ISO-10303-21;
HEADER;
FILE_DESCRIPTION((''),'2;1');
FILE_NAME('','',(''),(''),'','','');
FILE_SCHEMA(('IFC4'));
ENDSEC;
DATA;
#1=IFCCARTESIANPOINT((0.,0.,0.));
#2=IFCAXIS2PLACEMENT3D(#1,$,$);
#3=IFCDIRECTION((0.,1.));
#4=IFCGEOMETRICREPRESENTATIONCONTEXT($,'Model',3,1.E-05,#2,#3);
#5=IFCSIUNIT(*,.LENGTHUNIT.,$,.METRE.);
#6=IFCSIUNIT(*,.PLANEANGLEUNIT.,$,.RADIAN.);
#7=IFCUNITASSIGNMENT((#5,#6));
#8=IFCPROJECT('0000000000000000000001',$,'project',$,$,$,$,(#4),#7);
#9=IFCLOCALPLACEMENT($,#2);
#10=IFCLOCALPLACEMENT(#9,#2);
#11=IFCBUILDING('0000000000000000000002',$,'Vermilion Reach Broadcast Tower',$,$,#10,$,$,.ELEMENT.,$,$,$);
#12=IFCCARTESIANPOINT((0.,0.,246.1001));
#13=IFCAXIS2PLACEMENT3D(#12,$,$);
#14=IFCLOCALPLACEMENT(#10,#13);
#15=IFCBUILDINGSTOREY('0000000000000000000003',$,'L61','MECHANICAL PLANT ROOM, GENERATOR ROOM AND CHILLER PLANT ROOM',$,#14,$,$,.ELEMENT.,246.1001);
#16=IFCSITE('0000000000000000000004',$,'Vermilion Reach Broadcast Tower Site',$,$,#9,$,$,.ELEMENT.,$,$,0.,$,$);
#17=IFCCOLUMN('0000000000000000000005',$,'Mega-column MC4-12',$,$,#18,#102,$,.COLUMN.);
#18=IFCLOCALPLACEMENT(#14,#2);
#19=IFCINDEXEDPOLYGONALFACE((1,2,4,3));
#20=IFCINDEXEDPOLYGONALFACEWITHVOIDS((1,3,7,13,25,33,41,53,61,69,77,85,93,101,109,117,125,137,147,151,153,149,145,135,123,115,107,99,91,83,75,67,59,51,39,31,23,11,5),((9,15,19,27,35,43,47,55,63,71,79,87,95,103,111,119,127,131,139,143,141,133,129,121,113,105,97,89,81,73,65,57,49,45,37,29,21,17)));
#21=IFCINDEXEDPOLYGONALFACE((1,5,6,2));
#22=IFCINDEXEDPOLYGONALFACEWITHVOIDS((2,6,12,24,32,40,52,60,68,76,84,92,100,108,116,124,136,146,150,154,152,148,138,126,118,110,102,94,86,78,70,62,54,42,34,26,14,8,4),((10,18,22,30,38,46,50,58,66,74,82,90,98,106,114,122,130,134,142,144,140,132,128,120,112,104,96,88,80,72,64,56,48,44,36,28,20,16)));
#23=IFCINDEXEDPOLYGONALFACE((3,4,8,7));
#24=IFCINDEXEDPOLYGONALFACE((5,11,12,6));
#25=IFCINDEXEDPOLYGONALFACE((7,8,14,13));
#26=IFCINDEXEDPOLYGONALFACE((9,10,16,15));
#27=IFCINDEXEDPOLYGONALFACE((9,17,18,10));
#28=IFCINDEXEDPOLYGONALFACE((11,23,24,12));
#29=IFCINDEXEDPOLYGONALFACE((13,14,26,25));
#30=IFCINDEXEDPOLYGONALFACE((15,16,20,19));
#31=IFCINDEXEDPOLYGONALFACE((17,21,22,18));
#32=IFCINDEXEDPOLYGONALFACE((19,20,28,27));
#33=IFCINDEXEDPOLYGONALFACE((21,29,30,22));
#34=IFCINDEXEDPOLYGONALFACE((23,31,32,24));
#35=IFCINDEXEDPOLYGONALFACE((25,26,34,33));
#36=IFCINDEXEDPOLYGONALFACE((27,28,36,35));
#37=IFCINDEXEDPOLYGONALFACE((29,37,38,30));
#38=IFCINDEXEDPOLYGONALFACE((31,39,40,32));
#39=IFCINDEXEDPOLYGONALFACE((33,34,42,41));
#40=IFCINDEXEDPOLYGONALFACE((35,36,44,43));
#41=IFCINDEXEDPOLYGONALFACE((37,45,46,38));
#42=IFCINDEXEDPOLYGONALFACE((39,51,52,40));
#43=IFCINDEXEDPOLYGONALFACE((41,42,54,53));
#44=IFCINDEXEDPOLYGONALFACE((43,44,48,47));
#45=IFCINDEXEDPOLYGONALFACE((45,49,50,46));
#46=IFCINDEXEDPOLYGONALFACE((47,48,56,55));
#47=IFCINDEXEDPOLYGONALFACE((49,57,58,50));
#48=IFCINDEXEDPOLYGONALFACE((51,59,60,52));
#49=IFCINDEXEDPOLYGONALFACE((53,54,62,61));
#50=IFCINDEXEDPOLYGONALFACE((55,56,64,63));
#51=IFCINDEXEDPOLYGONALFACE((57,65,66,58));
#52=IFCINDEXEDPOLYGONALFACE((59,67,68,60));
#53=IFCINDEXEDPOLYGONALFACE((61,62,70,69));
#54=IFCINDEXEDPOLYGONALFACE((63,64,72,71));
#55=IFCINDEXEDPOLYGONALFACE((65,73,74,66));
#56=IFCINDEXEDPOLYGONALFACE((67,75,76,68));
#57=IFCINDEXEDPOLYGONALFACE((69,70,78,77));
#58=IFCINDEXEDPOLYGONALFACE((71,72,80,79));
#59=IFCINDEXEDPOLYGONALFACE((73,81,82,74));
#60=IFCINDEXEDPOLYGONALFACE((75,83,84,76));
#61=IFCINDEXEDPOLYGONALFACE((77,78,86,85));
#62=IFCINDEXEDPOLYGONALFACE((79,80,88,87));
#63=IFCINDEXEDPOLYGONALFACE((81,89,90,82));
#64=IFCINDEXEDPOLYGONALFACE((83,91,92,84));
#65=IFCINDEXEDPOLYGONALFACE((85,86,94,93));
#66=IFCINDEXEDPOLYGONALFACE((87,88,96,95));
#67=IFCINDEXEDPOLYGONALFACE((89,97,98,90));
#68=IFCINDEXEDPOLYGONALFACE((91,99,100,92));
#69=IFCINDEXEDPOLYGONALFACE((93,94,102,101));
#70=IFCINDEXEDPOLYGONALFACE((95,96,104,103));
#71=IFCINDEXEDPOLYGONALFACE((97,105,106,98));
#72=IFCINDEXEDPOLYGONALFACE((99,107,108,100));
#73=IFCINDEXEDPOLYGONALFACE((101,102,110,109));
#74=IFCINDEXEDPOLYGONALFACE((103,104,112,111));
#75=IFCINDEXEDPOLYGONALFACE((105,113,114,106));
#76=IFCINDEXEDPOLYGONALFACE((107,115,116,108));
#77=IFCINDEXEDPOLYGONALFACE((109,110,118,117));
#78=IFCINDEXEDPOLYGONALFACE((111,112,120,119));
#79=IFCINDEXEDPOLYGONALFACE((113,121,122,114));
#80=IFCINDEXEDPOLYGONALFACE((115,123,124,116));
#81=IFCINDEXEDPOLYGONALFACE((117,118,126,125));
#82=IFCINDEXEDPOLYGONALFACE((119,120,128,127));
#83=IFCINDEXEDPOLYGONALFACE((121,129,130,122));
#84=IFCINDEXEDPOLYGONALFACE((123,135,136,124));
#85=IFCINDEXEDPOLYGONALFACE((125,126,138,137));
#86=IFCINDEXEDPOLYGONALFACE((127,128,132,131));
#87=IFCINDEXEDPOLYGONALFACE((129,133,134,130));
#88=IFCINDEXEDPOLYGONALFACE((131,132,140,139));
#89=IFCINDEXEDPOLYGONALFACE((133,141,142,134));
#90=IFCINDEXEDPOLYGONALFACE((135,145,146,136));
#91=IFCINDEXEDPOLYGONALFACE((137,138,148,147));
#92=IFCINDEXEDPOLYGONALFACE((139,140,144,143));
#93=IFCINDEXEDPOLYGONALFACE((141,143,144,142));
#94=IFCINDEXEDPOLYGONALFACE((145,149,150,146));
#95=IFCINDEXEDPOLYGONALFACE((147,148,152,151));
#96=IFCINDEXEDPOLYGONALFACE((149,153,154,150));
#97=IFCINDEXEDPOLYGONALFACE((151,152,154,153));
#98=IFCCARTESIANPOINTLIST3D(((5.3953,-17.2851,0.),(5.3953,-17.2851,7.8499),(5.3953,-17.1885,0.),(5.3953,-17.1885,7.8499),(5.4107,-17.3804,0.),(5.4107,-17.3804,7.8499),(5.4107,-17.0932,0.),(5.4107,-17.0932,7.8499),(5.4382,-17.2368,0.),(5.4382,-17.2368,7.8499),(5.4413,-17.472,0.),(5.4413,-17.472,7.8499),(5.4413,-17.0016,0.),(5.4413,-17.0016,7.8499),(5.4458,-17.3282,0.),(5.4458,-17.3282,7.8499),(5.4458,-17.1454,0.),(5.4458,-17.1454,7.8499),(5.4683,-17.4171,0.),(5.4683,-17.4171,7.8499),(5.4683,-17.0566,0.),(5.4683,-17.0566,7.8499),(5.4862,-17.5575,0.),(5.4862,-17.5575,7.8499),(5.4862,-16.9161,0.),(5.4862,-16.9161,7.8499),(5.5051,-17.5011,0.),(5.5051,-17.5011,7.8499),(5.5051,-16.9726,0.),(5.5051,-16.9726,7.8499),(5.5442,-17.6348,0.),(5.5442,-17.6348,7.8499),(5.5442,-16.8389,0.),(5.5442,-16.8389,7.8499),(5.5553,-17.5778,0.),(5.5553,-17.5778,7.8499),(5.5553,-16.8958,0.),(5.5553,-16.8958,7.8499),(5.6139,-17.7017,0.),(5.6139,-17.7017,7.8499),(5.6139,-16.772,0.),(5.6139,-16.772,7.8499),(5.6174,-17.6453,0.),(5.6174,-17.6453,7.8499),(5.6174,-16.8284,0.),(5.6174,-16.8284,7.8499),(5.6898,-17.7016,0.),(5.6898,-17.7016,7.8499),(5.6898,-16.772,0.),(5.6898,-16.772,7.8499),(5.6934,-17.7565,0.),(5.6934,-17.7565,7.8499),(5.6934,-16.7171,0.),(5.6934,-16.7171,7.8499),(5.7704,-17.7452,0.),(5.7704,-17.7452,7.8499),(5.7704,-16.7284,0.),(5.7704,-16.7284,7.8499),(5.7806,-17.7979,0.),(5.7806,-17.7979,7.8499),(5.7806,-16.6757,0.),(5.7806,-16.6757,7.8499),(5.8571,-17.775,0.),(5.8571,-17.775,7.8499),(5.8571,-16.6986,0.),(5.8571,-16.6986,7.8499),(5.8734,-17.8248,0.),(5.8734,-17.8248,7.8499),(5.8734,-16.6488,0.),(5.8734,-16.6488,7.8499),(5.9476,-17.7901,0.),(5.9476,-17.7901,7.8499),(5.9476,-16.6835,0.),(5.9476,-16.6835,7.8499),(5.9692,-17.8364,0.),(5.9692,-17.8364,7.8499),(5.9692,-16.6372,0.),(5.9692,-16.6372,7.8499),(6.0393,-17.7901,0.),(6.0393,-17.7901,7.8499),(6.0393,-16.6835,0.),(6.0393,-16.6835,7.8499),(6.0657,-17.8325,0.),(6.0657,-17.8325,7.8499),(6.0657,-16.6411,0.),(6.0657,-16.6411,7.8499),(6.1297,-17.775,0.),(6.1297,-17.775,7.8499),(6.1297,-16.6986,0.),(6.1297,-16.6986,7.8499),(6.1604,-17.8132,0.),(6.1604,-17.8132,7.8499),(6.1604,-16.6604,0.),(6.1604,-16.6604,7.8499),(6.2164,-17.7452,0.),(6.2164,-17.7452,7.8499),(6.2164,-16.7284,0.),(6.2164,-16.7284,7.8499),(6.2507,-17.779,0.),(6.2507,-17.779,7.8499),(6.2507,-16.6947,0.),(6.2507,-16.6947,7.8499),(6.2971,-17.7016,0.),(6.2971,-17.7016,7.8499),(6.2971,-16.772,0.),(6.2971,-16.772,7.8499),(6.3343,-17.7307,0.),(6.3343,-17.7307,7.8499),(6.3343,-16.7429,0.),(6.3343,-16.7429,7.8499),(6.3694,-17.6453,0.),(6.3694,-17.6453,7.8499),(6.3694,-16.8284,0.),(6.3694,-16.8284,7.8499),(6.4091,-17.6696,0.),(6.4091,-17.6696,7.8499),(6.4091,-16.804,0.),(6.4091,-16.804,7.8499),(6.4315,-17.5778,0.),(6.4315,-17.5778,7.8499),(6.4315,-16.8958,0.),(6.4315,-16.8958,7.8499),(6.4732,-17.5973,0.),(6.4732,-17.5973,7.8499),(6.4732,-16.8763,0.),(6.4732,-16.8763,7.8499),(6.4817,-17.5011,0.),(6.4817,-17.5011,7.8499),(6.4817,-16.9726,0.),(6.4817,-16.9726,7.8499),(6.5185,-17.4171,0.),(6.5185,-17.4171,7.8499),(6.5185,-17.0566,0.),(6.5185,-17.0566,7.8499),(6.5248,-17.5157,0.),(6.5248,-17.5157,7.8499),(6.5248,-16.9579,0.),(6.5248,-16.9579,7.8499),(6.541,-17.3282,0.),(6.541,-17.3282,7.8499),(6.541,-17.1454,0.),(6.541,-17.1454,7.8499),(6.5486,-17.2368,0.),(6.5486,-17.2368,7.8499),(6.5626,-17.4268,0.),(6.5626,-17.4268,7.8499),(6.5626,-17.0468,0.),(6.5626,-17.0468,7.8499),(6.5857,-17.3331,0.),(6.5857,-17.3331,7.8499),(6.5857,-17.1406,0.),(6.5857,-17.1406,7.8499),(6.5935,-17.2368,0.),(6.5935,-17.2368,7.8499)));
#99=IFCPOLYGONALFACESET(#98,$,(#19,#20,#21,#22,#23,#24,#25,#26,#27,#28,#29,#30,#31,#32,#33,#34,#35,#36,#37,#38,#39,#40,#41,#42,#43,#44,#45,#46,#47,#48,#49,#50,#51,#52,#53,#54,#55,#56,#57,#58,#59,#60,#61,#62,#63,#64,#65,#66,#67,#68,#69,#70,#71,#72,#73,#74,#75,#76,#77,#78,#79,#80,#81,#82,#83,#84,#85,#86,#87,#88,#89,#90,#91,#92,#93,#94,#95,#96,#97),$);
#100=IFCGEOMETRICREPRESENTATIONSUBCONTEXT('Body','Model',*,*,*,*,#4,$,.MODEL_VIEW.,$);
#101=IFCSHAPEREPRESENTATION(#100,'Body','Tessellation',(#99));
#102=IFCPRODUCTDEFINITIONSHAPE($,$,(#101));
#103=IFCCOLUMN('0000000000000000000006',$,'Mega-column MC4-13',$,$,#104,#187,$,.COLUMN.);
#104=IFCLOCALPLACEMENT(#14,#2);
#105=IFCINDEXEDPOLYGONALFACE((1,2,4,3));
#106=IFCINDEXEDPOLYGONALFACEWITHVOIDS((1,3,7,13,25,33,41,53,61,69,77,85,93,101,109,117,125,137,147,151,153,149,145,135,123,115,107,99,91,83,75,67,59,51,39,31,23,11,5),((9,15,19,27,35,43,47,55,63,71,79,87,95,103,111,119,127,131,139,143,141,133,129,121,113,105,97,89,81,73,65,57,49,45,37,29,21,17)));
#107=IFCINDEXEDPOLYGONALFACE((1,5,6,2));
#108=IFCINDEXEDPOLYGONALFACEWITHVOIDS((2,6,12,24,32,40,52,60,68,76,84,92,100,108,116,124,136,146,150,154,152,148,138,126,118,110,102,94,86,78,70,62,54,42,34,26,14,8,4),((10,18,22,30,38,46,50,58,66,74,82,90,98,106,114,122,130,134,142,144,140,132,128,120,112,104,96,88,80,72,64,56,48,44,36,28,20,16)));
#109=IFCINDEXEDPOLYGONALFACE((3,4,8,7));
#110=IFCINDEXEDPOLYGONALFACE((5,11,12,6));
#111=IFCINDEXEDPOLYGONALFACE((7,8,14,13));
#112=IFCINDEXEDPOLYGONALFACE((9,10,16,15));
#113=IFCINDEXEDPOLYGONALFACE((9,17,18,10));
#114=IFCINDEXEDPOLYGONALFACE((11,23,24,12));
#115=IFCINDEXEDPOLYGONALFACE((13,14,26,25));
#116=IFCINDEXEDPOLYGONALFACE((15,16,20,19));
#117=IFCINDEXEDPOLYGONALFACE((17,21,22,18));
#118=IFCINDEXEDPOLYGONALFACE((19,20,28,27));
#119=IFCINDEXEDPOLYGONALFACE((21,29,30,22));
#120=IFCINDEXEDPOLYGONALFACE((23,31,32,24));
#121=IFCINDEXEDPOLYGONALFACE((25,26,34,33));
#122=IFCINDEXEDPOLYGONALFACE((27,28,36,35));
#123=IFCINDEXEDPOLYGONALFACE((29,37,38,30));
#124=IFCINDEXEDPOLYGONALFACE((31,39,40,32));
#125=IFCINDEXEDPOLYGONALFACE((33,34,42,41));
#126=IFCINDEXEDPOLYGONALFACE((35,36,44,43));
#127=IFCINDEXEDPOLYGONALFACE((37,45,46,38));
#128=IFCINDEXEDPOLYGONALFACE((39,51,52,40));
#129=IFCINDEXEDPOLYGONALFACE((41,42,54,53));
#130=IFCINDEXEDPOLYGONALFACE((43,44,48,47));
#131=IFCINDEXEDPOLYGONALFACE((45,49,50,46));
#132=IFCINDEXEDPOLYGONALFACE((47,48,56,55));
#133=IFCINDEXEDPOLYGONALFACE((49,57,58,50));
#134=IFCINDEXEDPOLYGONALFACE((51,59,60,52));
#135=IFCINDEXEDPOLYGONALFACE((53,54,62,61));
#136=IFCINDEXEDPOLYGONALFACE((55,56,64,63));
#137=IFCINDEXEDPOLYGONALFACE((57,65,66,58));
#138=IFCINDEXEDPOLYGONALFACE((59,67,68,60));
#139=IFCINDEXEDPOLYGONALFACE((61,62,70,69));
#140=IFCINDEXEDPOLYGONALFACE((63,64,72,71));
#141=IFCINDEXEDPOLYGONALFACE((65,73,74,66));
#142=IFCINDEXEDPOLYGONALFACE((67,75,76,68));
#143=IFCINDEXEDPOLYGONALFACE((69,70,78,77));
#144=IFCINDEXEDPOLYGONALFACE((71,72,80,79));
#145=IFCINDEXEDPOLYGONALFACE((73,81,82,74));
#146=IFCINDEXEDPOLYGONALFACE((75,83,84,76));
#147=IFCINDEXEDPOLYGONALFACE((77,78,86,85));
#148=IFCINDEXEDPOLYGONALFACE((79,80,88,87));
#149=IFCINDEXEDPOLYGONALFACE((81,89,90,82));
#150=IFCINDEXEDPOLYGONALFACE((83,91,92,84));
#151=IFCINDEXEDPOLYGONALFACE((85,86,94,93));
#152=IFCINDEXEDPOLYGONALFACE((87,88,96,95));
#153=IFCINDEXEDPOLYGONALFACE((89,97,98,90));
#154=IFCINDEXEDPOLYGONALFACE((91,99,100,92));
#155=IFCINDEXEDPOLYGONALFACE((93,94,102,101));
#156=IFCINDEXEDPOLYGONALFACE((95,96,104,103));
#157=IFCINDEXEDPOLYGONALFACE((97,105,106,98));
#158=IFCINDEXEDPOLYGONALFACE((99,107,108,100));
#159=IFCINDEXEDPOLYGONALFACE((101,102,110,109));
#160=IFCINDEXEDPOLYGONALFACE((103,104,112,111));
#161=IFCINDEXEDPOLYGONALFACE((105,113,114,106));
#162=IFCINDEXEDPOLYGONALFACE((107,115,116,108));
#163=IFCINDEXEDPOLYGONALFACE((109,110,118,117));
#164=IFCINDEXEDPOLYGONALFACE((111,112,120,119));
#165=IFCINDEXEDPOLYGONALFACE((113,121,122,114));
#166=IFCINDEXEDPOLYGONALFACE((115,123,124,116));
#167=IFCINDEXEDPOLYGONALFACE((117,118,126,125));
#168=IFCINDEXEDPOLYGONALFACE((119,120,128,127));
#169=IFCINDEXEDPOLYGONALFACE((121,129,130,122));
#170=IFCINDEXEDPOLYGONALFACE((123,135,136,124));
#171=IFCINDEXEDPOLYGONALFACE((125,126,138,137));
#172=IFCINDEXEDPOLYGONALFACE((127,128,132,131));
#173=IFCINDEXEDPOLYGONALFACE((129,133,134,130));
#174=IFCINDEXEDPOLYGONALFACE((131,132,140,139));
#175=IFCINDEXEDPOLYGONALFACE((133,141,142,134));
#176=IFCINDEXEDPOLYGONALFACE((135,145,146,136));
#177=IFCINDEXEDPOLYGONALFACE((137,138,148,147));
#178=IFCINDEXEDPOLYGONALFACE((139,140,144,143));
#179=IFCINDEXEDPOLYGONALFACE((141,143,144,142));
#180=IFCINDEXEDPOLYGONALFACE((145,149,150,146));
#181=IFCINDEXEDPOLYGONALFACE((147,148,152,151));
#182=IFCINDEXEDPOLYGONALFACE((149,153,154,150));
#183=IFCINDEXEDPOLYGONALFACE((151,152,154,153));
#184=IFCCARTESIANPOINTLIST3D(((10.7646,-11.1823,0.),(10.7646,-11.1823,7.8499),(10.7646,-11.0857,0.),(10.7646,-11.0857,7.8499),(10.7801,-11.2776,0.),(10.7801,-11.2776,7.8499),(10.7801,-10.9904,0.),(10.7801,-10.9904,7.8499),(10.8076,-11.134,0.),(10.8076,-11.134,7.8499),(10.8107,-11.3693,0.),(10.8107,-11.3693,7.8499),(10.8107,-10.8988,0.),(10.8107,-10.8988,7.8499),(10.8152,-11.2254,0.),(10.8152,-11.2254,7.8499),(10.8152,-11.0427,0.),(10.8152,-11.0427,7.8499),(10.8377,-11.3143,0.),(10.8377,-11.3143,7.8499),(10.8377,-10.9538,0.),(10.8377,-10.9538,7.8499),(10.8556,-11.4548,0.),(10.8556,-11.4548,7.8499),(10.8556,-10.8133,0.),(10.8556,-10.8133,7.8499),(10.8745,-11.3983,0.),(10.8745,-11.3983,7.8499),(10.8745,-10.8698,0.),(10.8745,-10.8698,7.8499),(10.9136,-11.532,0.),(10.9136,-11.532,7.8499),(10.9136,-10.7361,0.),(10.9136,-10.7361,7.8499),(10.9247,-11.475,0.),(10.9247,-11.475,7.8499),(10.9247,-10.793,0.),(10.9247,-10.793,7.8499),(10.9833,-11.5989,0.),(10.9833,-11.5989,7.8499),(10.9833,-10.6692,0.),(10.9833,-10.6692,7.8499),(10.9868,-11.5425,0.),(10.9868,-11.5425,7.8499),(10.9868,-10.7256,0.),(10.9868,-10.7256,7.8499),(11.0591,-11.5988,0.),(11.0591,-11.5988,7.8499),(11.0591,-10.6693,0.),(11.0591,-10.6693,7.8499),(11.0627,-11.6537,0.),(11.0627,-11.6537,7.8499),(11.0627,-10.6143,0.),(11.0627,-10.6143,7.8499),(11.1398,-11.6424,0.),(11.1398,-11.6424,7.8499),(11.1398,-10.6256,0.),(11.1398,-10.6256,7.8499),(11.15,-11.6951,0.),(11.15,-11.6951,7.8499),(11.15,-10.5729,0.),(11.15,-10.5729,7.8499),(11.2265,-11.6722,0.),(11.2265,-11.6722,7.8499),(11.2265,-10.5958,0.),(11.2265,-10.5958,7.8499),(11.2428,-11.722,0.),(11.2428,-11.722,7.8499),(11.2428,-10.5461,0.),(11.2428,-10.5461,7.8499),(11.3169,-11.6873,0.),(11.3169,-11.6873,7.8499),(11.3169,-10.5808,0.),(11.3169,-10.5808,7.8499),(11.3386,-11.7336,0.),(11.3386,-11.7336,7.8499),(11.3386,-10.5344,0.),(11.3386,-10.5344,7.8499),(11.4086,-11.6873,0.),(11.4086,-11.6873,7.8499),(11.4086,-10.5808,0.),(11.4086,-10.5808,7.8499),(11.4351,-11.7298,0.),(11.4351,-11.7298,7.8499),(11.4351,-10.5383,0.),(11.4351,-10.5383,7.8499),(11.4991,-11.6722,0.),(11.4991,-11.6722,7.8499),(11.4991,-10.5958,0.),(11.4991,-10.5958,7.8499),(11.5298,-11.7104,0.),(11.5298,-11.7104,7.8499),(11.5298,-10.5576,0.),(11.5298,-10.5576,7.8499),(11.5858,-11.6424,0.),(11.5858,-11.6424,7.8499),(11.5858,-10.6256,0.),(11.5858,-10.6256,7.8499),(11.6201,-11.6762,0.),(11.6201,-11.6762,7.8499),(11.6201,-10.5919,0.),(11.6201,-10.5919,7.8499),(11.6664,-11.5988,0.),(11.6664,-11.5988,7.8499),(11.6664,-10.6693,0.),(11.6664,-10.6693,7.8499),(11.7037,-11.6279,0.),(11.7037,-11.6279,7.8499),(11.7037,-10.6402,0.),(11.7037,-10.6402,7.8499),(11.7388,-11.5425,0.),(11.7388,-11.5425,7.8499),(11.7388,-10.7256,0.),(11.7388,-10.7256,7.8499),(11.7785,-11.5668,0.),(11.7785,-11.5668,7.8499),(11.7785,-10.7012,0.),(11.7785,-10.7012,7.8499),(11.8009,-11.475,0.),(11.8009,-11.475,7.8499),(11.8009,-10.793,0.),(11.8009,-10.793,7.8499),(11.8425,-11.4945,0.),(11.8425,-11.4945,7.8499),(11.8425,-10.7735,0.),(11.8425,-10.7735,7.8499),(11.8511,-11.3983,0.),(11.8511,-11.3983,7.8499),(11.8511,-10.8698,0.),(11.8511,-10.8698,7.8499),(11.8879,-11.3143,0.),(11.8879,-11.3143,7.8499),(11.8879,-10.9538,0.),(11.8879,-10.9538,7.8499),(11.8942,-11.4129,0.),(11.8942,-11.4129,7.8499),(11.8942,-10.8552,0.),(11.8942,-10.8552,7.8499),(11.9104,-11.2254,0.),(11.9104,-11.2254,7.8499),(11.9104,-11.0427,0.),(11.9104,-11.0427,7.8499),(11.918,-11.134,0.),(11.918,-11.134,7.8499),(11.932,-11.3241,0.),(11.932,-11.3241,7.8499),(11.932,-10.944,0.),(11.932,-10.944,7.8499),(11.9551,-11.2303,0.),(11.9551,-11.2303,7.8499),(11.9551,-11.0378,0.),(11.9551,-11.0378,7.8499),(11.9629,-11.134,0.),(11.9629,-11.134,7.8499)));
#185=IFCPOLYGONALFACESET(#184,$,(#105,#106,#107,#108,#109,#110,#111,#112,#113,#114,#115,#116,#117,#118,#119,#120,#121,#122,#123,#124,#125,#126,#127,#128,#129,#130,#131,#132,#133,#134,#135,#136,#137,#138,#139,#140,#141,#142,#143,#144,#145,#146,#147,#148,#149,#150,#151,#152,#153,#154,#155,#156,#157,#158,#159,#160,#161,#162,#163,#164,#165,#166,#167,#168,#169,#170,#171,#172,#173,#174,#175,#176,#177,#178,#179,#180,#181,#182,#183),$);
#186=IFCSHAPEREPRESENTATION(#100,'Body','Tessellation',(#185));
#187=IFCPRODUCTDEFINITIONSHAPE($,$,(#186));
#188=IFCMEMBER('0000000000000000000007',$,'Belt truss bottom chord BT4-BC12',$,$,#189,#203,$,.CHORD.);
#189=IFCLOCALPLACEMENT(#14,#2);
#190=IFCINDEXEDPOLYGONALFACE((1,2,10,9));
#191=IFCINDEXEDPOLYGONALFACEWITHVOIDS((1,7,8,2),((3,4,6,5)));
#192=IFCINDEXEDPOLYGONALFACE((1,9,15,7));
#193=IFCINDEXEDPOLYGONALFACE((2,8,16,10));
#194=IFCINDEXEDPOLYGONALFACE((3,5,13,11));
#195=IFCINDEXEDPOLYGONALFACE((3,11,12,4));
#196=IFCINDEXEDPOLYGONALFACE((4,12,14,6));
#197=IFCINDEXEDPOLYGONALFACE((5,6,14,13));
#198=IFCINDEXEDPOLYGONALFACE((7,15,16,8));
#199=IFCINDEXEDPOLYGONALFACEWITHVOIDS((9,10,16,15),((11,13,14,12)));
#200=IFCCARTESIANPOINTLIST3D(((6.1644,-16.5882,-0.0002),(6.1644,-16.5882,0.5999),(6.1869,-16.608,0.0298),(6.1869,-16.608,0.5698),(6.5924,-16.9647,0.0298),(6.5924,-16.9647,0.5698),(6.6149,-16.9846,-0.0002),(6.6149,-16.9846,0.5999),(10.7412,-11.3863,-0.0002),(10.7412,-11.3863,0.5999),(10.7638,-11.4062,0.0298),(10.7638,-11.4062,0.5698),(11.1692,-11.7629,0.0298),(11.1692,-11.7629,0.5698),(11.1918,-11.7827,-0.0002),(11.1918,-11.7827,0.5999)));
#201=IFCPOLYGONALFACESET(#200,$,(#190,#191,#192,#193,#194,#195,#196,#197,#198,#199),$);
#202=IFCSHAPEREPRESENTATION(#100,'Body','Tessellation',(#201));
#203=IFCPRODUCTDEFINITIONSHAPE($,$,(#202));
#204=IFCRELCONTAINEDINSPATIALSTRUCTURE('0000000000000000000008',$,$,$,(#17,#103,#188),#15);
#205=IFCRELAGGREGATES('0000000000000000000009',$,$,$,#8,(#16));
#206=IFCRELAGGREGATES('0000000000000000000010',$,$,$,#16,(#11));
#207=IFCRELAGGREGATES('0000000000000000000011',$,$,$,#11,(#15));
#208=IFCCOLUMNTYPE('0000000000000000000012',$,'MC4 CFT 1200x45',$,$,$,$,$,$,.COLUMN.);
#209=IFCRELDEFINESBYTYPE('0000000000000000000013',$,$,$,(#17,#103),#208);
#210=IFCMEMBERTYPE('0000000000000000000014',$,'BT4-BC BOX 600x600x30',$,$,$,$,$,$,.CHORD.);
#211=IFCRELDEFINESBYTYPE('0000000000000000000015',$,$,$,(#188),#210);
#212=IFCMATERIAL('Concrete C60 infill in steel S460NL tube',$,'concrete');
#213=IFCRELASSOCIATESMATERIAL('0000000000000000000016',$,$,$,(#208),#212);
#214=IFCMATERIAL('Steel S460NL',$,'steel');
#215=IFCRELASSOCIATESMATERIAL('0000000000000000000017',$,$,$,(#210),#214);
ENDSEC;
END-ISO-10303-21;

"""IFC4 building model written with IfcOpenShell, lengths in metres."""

from ifc_helpers import new_model, si_unit, direction, frame, origin, origin_2d, place, context, subcontext, project, spatial, hollow_rectangle, hollow_circle, extrude, material, material_profile, profile_set, type_object, element, save


model = new_model("IFC4")

# Units and contexts
model_context = context("Model", 3, precision=1e-05, world=origin(), true_north=direction((0.0, 1.0)))
body_context = subcontext(model_context, "Body", "Model", "MODEL_VIEW")
ifc_project = project(units=[si_unit("LENGTHUNIT", "METRE"), si_unit("PLANEANGLEUNIT", "RADIAN")], contexts=[model_context])

# Site, building, storey
site_placement = place(None, origin())
site = spatial("IfcSite", under=ifc_project, at=site_placement, Name="Vermilion Reach Broadcast Tower Site", CompositionType="ELEMENT", RefElevation=0.0)
building_placement = place(site_placement, origin())
building = spatial("IfcBuilding", under=site, at=building_placement, Name="Vermilion Reach Broadcast Tower", CompositionType="ELEMENT")
storey_placement = place(building_placement, frame((0.0, 0.0, 246.1001)))
storey = spatial("IfcBuildingStorey", under=building, at=storey_placement, Name="L61", Description="MECHANICAL PLANT ROOM, GENERATOR ROOM AND CHILLER PLANT ROOM", CompositionType="ELEMENT", Elevation=246.1001)

# Columns
ifc_material_1 = material(Name="Concrete C60 infill in steel S460NL tube", Category="concrete")
ifc_material_profile_1 = material_profile(ifc_material_1, hollow_circle(Radius=0.6001, WallThickness=0.0449, at=origin_2d()), Name="Concrete C60 infill in steel S460NL tube CFT 1200x45")
ifc_profile_set_1 = profile_set([ifc_material_profile_1], Name="Concrete C60 infill in steel S460NL tube")
column_type = type_object("IfcColumnType", Name="MC4 CFT 1200x45", PredefinedType="COLUMN", material=ifc_profile_set_1)
for number, where, z_axis, x_axis, name in (
    (1, (5.9934, -17.2368, 0.0), (0.0, 0.0, 1.0), (1.0, 0.0, 0.0), "Mega-column MC4-12"),
    (2, (11.3628, -11.134, 0.0), (0.0, 0.0, 1.0), (1.0, 0.0, 0.0), "Mega-column MC4-13"),
):
    element("IfcColumn", number, at=place(storey_placement, frame(where, z_axis=z_axis, x_axis=x_axis)), inside=storey, type_object=column_type, Name=name, PredefinedType="COLUMN", context=body_context, shape_type="SweptSolid", body=[
        extrude(hollow_circle(Radius=0.6001, WallThickness=0.0449, at=origin_2d()), origin(), (0.0, 0.0, 1.0), 7.8499),
    ])

# Member
ifc_material_2 = material(Name="Steel S460NL", Category="steel")
ifc_material_profile_2 = material_profile(ifc_material_2, hollow_rectangle(XDim=0.6001, YDim=0.6001, WallThickness=0.03, at=origin_2d()), Name="S460NL BOX 600x600x30")
ifc_profile_set_2 = profile_set([ifc_material_profile_2], Name="Steel S460NL")
member_type_1 = type_object("IfcMemberType", Name="BT4-BC BOX 600x600x30", PredefinedType="CHORD", material=ifc_profile_set_2)
member_1_placement = place(storey_placement, frame((6.3896, -16.7864, 0.2998), z_axis=(0.660565, 0.750769, 0.0), x_axis=(-0.750769, 0.660565, 0.0)))
element("IfcMember", 3, at=member_1_placement, inside=storey, type_object=member_type_1, Name="Belt truss bottom chord BT4-BC12", PredefinedType="CHORD", context=body_context, shape_type="SweptSolid", body=[
    extrude(hollow_rectangle(XDim=0.6001, YDim=0.6001, WallThickness=0.03, at=origin_2d()), origin(), (0.0, 0.0, 1.0), 6.9287),
])

save(model, "model.ifc")
